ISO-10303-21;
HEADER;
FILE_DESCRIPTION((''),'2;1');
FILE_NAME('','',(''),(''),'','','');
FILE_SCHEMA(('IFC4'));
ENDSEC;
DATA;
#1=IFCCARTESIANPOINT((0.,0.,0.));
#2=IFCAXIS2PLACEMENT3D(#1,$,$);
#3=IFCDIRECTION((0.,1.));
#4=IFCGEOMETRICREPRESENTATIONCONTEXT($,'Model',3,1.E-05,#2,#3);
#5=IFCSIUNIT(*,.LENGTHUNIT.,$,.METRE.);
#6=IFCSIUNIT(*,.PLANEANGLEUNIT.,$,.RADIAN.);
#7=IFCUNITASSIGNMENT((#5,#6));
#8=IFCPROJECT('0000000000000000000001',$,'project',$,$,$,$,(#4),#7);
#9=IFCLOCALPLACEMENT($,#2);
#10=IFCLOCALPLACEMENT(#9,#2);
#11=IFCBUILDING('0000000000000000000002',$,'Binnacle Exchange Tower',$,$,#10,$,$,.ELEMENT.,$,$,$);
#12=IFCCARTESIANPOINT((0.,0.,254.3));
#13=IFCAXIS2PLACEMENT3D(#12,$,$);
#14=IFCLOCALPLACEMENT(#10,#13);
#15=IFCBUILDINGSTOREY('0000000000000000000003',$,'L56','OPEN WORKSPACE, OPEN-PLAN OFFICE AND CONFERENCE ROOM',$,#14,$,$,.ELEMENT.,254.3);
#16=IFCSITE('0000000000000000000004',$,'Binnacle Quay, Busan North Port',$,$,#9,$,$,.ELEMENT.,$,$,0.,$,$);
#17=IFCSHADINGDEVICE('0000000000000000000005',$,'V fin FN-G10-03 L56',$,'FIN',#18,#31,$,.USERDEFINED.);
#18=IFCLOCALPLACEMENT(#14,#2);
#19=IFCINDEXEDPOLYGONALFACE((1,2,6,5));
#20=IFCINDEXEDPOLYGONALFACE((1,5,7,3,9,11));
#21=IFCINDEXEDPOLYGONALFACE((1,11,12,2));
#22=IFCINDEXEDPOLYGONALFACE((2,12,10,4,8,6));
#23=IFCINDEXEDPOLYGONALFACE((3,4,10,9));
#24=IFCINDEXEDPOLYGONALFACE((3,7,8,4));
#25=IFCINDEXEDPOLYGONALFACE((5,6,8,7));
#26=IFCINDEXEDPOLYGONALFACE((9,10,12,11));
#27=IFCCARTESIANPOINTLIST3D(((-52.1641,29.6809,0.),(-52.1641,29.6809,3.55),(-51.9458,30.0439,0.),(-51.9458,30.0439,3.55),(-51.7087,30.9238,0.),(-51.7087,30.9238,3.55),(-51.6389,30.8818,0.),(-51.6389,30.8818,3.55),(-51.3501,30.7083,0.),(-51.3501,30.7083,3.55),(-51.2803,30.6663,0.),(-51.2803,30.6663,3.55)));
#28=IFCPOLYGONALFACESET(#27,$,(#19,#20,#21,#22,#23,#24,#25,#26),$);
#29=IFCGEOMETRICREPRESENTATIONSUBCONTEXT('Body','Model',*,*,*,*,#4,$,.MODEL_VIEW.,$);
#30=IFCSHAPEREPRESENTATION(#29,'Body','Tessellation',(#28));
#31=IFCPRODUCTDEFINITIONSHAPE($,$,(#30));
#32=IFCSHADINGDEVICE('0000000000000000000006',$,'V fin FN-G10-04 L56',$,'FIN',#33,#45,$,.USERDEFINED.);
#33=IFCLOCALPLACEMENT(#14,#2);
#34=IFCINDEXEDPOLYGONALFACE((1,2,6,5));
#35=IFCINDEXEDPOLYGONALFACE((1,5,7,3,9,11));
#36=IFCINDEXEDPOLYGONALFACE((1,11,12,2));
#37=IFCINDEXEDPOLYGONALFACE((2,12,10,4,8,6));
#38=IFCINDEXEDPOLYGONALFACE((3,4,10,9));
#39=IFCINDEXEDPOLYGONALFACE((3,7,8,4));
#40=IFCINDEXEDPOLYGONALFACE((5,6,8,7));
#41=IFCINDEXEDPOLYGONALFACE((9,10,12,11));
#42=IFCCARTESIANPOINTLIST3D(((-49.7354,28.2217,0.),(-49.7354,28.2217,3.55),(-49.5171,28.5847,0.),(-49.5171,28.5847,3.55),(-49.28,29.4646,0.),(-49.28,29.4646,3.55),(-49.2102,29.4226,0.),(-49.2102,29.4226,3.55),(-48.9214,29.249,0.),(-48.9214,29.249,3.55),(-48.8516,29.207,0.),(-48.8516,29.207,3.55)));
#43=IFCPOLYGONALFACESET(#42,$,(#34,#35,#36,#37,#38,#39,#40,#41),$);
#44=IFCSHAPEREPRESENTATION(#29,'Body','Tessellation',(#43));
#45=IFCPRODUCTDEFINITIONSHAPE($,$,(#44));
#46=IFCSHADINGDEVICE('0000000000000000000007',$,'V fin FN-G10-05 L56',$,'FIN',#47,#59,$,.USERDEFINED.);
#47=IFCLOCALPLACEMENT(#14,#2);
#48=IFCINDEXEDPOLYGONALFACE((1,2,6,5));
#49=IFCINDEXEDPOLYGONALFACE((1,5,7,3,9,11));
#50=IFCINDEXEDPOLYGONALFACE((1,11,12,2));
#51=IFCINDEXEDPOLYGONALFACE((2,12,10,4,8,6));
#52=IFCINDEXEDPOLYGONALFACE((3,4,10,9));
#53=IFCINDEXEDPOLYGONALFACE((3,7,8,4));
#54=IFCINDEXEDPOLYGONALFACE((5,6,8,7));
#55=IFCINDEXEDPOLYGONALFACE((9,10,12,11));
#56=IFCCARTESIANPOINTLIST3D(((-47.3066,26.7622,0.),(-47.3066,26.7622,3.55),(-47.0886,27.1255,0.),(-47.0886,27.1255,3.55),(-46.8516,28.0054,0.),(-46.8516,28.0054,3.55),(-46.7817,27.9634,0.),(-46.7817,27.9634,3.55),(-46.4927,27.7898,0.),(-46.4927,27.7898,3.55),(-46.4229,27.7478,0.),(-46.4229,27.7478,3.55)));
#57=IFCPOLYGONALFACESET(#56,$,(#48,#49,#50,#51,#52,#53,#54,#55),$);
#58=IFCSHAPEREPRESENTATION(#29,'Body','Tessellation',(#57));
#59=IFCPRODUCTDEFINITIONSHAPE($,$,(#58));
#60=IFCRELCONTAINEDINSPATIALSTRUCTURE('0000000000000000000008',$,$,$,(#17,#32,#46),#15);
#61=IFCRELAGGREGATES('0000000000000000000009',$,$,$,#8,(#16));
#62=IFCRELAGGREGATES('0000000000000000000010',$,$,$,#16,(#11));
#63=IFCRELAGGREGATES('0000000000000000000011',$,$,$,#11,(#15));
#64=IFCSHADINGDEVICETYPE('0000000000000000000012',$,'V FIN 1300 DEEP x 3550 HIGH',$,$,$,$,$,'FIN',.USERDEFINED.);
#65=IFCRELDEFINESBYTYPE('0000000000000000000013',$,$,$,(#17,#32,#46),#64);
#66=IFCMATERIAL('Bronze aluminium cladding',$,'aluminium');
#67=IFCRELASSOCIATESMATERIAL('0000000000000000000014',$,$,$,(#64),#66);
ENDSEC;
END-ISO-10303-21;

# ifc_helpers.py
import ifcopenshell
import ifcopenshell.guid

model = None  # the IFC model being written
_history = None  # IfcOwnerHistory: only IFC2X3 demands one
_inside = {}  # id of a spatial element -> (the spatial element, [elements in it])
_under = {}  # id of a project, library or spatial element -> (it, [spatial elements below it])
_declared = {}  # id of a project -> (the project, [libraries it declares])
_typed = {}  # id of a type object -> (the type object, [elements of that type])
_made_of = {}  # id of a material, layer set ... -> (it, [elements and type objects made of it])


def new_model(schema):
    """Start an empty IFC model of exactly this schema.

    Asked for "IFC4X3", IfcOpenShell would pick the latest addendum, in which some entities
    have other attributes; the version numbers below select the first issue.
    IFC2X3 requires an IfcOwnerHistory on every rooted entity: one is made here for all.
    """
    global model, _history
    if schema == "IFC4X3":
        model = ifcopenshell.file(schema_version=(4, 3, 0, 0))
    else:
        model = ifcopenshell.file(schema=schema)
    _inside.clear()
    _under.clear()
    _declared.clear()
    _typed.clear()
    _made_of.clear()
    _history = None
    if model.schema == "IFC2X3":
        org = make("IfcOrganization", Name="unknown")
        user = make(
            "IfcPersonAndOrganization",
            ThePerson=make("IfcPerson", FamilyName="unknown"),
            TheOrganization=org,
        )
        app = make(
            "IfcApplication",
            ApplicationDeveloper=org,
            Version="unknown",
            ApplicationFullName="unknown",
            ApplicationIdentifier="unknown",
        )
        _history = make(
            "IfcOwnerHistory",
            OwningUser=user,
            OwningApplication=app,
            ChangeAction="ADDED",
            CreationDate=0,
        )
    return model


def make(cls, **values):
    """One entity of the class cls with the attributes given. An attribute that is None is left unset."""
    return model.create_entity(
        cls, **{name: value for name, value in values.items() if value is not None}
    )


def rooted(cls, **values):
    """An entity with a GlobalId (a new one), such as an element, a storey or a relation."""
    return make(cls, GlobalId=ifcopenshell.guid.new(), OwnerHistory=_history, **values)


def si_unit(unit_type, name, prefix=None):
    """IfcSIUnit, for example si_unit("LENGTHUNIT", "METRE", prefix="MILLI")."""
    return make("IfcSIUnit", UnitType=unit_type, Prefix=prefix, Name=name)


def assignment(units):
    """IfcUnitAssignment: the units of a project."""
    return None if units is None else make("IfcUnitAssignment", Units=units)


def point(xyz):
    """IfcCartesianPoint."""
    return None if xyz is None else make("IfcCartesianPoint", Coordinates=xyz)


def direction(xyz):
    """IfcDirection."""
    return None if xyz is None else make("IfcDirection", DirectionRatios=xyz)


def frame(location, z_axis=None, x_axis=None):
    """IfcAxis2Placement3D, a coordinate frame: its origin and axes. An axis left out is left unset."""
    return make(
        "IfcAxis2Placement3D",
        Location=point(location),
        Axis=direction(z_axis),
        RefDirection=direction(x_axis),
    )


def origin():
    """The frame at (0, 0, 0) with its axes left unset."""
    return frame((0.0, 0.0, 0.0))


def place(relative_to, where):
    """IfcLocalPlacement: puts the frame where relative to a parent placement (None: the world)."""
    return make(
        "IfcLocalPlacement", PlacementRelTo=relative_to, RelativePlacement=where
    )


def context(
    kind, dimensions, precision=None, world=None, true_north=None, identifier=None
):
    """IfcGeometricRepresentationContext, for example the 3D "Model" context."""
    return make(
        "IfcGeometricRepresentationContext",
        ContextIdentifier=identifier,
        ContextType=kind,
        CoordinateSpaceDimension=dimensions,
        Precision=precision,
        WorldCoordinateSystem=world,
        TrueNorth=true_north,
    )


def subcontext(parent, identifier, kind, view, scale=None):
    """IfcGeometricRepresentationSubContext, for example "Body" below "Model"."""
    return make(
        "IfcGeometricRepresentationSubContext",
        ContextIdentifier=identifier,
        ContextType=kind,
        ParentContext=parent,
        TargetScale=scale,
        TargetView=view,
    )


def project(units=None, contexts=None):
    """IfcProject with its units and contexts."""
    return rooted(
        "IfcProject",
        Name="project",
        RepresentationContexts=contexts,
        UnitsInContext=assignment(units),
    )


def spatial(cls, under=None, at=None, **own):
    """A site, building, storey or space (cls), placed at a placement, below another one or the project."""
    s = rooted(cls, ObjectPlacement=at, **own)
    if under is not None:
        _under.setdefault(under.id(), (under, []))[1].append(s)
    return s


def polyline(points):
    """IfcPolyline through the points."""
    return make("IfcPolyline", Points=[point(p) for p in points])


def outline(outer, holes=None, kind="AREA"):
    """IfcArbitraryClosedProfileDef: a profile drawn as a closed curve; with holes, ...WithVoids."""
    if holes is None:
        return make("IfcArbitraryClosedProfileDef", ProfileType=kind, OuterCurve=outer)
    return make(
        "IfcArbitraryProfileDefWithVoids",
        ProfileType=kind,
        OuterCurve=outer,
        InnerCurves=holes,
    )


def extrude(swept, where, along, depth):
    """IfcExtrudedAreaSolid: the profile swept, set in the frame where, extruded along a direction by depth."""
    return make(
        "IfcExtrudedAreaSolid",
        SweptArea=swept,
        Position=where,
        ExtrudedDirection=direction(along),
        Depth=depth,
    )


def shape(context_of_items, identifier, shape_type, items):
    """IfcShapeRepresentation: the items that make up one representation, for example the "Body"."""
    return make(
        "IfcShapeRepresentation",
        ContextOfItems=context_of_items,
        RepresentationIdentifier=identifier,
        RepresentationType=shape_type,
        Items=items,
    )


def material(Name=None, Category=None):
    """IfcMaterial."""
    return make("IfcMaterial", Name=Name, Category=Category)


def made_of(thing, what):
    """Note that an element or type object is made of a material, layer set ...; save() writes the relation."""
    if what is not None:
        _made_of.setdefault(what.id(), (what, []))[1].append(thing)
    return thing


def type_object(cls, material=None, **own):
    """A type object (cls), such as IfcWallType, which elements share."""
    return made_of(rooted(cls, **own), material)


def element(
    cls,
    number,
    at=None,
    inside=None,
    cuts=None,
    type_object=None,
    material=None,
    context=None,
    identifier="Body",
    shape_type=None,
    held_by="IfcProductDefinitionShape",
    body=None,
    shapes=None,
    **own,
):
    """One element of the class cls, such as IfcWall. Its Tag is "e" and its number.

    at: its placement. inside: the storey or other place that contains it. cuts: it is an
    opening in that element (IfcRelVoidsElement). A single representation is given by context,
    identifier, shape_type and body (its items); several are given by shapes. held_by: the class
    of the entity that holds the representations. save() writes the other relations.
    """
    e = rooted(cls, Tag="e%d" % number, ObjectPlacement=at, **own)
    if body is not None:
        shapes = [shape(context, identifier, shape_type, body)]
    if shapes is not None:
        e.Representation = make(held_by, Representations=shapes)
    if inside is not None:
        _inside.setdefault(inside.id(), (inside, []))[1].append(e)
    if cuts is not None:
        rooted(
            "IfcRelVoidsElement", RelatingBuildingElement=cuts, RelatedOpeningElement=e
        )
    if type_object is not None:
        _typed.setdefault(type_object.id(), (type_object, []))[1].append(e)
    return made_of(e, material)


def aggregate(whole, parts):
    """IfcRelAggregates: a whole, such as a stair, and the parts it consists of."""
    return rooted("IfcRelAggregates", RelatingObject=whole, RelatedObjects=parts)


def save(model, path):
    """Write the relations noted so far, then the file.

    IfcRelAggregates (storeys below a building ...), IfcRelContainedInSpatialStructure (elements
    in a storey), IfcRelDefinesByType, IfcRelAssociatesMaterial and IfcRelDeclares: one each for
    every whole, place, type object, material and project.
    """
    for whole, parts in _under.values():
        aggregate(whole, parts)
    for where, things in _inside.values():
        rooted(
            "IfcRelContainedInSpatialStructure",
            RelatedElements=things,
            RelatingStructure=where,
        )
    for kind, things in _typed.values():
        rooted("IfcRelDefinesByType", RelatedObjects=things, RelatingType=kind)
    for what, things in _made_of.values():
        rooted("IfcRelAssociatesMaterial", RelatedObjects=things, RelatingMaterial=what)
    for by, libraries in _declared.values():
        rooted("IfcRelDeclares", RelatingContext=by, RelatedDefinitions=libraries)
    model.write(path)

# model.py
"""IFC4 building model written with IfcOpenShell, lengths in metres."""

from ifc_helpers import new_model, si_unit, direction, frame, origin, place, context, subcontext, project, spatial, polyline, outline, extrude, material, type_object, element, save


model = new_model("IFC4")

# Units and contexts
model_context = context("Model", 3, precision=1e-05, world=origin(), true_north=direction((0.0, 1.0)))
body_context = subcontext(model_context, "Body", "Model", "MODEL_VIEW")
ifc_project = project(units=[si_unit("LENGTHUNIT", "METRE"), si_unit("PLANEANGLEUNIT", "RADIAN")], contexts=[model_context])

# Site, building, storey
site_placement = place(None, origin())
site = spatial("IfcSite", under=ifc_project, at=site_placement, Name="Binnacle Quay, Busan North Port", CompositionType="ELEMENT", RefElevation=0.0)
building_placement = place(site_placement, origin())
building = spatial("IfcBuilding", under=site, at=building_placement, Name="Binnacle Exchange Tower", CompositionType="ELEMENT")
storey_placement = place(building_placement, frame((0.0, 0.0, 254.3)))
storey = spatial("IfcBuildingStorey", under=building, at=storey_placement, Name="L56", Description="OPEN WORKSPACE, OPEN-PLAN OFFICE AND CONFERENCE ROOM", CompositionType="ELEMENT", Elevation=254.3)

# Shading devices
ifc_material_1 = material(Name="Bronze aluminium cladding", Category="aluminium")
shading_device_type = type_object("IfcShadingDeviceType", Name="V FIN 1300 DEEP x 3550 HIGH", ElementType="FIN", PredefinedType="USERDEFINED", material=ifc_material_1)
shading_device_1_placement = place(storey_placement, origin())
element("IfcShadingDevice", 1, at=shading_device_1_placement, inside=storey, type_object=shading_device_type, Name="V fin FN-G10-03 L56", ObjectType="FIN", PredefinedType="USERDEFINED", context=body_context, shape_type="SweptSolid", body=[
    extrude(outline(polyline([(-51.7087, 30.9238), (-52.1641, 29.6809), (-51.2803, 30.6663), (-51.3501, 30.7083), (-51.9458, 30.0439), (-51.6389, 30.8818), (-51.7087, 30.9238)])), origin(), (0.0, 0.0, 1.0), 3.55),
])
shading_device_2_placement = place(storey_placement, origin())
element("IfcShadingDevice", 2, at=shading_device_2_placement, inside=storey, type_object=shading_device_type, Name="V fin FN-G10-04 L56", ObjectType="FIN", PredefinedType="USERDEFINED", context=body_context, shape_type="SweptSolid", body=[
    extrude(outline(polyline([(-49.28, 29.4646), (-49.7354, 28.2217), (-48.8516, 29.207), (-48.9214, 29.249), (-49.5171, 28.5847), (-49.2102, 29.4226), (-49.28, 29.4646)])), origin(), (0.0, 0.0, 1.0), 3.55),
])
shading_device_3_placement = place(storey_placement, origin())
element("IfcShadingDevice", 3, at=shading_device_3_placement, inside=storey, type_object=shading_device_type, Name="V fin FN-G10-05 L56", ObjectType="FIN", PredefinedType="USERDEFINED", context=body_context, shape_type="SweptSolid", body=[
    extrude(outline(polyline([(-46.8516, 28.0054), (-47.3066, 26.7622), (-46.4229, 27.7478), (-46.4927, 27.7898), (-47.0886, 27.1255), (-46.7817, 27.9634), (-46.8516, 28.0054)])), origin(), (0.0, 0.0, 1.0), 3.55),
])

save(model, "model.ifc")
